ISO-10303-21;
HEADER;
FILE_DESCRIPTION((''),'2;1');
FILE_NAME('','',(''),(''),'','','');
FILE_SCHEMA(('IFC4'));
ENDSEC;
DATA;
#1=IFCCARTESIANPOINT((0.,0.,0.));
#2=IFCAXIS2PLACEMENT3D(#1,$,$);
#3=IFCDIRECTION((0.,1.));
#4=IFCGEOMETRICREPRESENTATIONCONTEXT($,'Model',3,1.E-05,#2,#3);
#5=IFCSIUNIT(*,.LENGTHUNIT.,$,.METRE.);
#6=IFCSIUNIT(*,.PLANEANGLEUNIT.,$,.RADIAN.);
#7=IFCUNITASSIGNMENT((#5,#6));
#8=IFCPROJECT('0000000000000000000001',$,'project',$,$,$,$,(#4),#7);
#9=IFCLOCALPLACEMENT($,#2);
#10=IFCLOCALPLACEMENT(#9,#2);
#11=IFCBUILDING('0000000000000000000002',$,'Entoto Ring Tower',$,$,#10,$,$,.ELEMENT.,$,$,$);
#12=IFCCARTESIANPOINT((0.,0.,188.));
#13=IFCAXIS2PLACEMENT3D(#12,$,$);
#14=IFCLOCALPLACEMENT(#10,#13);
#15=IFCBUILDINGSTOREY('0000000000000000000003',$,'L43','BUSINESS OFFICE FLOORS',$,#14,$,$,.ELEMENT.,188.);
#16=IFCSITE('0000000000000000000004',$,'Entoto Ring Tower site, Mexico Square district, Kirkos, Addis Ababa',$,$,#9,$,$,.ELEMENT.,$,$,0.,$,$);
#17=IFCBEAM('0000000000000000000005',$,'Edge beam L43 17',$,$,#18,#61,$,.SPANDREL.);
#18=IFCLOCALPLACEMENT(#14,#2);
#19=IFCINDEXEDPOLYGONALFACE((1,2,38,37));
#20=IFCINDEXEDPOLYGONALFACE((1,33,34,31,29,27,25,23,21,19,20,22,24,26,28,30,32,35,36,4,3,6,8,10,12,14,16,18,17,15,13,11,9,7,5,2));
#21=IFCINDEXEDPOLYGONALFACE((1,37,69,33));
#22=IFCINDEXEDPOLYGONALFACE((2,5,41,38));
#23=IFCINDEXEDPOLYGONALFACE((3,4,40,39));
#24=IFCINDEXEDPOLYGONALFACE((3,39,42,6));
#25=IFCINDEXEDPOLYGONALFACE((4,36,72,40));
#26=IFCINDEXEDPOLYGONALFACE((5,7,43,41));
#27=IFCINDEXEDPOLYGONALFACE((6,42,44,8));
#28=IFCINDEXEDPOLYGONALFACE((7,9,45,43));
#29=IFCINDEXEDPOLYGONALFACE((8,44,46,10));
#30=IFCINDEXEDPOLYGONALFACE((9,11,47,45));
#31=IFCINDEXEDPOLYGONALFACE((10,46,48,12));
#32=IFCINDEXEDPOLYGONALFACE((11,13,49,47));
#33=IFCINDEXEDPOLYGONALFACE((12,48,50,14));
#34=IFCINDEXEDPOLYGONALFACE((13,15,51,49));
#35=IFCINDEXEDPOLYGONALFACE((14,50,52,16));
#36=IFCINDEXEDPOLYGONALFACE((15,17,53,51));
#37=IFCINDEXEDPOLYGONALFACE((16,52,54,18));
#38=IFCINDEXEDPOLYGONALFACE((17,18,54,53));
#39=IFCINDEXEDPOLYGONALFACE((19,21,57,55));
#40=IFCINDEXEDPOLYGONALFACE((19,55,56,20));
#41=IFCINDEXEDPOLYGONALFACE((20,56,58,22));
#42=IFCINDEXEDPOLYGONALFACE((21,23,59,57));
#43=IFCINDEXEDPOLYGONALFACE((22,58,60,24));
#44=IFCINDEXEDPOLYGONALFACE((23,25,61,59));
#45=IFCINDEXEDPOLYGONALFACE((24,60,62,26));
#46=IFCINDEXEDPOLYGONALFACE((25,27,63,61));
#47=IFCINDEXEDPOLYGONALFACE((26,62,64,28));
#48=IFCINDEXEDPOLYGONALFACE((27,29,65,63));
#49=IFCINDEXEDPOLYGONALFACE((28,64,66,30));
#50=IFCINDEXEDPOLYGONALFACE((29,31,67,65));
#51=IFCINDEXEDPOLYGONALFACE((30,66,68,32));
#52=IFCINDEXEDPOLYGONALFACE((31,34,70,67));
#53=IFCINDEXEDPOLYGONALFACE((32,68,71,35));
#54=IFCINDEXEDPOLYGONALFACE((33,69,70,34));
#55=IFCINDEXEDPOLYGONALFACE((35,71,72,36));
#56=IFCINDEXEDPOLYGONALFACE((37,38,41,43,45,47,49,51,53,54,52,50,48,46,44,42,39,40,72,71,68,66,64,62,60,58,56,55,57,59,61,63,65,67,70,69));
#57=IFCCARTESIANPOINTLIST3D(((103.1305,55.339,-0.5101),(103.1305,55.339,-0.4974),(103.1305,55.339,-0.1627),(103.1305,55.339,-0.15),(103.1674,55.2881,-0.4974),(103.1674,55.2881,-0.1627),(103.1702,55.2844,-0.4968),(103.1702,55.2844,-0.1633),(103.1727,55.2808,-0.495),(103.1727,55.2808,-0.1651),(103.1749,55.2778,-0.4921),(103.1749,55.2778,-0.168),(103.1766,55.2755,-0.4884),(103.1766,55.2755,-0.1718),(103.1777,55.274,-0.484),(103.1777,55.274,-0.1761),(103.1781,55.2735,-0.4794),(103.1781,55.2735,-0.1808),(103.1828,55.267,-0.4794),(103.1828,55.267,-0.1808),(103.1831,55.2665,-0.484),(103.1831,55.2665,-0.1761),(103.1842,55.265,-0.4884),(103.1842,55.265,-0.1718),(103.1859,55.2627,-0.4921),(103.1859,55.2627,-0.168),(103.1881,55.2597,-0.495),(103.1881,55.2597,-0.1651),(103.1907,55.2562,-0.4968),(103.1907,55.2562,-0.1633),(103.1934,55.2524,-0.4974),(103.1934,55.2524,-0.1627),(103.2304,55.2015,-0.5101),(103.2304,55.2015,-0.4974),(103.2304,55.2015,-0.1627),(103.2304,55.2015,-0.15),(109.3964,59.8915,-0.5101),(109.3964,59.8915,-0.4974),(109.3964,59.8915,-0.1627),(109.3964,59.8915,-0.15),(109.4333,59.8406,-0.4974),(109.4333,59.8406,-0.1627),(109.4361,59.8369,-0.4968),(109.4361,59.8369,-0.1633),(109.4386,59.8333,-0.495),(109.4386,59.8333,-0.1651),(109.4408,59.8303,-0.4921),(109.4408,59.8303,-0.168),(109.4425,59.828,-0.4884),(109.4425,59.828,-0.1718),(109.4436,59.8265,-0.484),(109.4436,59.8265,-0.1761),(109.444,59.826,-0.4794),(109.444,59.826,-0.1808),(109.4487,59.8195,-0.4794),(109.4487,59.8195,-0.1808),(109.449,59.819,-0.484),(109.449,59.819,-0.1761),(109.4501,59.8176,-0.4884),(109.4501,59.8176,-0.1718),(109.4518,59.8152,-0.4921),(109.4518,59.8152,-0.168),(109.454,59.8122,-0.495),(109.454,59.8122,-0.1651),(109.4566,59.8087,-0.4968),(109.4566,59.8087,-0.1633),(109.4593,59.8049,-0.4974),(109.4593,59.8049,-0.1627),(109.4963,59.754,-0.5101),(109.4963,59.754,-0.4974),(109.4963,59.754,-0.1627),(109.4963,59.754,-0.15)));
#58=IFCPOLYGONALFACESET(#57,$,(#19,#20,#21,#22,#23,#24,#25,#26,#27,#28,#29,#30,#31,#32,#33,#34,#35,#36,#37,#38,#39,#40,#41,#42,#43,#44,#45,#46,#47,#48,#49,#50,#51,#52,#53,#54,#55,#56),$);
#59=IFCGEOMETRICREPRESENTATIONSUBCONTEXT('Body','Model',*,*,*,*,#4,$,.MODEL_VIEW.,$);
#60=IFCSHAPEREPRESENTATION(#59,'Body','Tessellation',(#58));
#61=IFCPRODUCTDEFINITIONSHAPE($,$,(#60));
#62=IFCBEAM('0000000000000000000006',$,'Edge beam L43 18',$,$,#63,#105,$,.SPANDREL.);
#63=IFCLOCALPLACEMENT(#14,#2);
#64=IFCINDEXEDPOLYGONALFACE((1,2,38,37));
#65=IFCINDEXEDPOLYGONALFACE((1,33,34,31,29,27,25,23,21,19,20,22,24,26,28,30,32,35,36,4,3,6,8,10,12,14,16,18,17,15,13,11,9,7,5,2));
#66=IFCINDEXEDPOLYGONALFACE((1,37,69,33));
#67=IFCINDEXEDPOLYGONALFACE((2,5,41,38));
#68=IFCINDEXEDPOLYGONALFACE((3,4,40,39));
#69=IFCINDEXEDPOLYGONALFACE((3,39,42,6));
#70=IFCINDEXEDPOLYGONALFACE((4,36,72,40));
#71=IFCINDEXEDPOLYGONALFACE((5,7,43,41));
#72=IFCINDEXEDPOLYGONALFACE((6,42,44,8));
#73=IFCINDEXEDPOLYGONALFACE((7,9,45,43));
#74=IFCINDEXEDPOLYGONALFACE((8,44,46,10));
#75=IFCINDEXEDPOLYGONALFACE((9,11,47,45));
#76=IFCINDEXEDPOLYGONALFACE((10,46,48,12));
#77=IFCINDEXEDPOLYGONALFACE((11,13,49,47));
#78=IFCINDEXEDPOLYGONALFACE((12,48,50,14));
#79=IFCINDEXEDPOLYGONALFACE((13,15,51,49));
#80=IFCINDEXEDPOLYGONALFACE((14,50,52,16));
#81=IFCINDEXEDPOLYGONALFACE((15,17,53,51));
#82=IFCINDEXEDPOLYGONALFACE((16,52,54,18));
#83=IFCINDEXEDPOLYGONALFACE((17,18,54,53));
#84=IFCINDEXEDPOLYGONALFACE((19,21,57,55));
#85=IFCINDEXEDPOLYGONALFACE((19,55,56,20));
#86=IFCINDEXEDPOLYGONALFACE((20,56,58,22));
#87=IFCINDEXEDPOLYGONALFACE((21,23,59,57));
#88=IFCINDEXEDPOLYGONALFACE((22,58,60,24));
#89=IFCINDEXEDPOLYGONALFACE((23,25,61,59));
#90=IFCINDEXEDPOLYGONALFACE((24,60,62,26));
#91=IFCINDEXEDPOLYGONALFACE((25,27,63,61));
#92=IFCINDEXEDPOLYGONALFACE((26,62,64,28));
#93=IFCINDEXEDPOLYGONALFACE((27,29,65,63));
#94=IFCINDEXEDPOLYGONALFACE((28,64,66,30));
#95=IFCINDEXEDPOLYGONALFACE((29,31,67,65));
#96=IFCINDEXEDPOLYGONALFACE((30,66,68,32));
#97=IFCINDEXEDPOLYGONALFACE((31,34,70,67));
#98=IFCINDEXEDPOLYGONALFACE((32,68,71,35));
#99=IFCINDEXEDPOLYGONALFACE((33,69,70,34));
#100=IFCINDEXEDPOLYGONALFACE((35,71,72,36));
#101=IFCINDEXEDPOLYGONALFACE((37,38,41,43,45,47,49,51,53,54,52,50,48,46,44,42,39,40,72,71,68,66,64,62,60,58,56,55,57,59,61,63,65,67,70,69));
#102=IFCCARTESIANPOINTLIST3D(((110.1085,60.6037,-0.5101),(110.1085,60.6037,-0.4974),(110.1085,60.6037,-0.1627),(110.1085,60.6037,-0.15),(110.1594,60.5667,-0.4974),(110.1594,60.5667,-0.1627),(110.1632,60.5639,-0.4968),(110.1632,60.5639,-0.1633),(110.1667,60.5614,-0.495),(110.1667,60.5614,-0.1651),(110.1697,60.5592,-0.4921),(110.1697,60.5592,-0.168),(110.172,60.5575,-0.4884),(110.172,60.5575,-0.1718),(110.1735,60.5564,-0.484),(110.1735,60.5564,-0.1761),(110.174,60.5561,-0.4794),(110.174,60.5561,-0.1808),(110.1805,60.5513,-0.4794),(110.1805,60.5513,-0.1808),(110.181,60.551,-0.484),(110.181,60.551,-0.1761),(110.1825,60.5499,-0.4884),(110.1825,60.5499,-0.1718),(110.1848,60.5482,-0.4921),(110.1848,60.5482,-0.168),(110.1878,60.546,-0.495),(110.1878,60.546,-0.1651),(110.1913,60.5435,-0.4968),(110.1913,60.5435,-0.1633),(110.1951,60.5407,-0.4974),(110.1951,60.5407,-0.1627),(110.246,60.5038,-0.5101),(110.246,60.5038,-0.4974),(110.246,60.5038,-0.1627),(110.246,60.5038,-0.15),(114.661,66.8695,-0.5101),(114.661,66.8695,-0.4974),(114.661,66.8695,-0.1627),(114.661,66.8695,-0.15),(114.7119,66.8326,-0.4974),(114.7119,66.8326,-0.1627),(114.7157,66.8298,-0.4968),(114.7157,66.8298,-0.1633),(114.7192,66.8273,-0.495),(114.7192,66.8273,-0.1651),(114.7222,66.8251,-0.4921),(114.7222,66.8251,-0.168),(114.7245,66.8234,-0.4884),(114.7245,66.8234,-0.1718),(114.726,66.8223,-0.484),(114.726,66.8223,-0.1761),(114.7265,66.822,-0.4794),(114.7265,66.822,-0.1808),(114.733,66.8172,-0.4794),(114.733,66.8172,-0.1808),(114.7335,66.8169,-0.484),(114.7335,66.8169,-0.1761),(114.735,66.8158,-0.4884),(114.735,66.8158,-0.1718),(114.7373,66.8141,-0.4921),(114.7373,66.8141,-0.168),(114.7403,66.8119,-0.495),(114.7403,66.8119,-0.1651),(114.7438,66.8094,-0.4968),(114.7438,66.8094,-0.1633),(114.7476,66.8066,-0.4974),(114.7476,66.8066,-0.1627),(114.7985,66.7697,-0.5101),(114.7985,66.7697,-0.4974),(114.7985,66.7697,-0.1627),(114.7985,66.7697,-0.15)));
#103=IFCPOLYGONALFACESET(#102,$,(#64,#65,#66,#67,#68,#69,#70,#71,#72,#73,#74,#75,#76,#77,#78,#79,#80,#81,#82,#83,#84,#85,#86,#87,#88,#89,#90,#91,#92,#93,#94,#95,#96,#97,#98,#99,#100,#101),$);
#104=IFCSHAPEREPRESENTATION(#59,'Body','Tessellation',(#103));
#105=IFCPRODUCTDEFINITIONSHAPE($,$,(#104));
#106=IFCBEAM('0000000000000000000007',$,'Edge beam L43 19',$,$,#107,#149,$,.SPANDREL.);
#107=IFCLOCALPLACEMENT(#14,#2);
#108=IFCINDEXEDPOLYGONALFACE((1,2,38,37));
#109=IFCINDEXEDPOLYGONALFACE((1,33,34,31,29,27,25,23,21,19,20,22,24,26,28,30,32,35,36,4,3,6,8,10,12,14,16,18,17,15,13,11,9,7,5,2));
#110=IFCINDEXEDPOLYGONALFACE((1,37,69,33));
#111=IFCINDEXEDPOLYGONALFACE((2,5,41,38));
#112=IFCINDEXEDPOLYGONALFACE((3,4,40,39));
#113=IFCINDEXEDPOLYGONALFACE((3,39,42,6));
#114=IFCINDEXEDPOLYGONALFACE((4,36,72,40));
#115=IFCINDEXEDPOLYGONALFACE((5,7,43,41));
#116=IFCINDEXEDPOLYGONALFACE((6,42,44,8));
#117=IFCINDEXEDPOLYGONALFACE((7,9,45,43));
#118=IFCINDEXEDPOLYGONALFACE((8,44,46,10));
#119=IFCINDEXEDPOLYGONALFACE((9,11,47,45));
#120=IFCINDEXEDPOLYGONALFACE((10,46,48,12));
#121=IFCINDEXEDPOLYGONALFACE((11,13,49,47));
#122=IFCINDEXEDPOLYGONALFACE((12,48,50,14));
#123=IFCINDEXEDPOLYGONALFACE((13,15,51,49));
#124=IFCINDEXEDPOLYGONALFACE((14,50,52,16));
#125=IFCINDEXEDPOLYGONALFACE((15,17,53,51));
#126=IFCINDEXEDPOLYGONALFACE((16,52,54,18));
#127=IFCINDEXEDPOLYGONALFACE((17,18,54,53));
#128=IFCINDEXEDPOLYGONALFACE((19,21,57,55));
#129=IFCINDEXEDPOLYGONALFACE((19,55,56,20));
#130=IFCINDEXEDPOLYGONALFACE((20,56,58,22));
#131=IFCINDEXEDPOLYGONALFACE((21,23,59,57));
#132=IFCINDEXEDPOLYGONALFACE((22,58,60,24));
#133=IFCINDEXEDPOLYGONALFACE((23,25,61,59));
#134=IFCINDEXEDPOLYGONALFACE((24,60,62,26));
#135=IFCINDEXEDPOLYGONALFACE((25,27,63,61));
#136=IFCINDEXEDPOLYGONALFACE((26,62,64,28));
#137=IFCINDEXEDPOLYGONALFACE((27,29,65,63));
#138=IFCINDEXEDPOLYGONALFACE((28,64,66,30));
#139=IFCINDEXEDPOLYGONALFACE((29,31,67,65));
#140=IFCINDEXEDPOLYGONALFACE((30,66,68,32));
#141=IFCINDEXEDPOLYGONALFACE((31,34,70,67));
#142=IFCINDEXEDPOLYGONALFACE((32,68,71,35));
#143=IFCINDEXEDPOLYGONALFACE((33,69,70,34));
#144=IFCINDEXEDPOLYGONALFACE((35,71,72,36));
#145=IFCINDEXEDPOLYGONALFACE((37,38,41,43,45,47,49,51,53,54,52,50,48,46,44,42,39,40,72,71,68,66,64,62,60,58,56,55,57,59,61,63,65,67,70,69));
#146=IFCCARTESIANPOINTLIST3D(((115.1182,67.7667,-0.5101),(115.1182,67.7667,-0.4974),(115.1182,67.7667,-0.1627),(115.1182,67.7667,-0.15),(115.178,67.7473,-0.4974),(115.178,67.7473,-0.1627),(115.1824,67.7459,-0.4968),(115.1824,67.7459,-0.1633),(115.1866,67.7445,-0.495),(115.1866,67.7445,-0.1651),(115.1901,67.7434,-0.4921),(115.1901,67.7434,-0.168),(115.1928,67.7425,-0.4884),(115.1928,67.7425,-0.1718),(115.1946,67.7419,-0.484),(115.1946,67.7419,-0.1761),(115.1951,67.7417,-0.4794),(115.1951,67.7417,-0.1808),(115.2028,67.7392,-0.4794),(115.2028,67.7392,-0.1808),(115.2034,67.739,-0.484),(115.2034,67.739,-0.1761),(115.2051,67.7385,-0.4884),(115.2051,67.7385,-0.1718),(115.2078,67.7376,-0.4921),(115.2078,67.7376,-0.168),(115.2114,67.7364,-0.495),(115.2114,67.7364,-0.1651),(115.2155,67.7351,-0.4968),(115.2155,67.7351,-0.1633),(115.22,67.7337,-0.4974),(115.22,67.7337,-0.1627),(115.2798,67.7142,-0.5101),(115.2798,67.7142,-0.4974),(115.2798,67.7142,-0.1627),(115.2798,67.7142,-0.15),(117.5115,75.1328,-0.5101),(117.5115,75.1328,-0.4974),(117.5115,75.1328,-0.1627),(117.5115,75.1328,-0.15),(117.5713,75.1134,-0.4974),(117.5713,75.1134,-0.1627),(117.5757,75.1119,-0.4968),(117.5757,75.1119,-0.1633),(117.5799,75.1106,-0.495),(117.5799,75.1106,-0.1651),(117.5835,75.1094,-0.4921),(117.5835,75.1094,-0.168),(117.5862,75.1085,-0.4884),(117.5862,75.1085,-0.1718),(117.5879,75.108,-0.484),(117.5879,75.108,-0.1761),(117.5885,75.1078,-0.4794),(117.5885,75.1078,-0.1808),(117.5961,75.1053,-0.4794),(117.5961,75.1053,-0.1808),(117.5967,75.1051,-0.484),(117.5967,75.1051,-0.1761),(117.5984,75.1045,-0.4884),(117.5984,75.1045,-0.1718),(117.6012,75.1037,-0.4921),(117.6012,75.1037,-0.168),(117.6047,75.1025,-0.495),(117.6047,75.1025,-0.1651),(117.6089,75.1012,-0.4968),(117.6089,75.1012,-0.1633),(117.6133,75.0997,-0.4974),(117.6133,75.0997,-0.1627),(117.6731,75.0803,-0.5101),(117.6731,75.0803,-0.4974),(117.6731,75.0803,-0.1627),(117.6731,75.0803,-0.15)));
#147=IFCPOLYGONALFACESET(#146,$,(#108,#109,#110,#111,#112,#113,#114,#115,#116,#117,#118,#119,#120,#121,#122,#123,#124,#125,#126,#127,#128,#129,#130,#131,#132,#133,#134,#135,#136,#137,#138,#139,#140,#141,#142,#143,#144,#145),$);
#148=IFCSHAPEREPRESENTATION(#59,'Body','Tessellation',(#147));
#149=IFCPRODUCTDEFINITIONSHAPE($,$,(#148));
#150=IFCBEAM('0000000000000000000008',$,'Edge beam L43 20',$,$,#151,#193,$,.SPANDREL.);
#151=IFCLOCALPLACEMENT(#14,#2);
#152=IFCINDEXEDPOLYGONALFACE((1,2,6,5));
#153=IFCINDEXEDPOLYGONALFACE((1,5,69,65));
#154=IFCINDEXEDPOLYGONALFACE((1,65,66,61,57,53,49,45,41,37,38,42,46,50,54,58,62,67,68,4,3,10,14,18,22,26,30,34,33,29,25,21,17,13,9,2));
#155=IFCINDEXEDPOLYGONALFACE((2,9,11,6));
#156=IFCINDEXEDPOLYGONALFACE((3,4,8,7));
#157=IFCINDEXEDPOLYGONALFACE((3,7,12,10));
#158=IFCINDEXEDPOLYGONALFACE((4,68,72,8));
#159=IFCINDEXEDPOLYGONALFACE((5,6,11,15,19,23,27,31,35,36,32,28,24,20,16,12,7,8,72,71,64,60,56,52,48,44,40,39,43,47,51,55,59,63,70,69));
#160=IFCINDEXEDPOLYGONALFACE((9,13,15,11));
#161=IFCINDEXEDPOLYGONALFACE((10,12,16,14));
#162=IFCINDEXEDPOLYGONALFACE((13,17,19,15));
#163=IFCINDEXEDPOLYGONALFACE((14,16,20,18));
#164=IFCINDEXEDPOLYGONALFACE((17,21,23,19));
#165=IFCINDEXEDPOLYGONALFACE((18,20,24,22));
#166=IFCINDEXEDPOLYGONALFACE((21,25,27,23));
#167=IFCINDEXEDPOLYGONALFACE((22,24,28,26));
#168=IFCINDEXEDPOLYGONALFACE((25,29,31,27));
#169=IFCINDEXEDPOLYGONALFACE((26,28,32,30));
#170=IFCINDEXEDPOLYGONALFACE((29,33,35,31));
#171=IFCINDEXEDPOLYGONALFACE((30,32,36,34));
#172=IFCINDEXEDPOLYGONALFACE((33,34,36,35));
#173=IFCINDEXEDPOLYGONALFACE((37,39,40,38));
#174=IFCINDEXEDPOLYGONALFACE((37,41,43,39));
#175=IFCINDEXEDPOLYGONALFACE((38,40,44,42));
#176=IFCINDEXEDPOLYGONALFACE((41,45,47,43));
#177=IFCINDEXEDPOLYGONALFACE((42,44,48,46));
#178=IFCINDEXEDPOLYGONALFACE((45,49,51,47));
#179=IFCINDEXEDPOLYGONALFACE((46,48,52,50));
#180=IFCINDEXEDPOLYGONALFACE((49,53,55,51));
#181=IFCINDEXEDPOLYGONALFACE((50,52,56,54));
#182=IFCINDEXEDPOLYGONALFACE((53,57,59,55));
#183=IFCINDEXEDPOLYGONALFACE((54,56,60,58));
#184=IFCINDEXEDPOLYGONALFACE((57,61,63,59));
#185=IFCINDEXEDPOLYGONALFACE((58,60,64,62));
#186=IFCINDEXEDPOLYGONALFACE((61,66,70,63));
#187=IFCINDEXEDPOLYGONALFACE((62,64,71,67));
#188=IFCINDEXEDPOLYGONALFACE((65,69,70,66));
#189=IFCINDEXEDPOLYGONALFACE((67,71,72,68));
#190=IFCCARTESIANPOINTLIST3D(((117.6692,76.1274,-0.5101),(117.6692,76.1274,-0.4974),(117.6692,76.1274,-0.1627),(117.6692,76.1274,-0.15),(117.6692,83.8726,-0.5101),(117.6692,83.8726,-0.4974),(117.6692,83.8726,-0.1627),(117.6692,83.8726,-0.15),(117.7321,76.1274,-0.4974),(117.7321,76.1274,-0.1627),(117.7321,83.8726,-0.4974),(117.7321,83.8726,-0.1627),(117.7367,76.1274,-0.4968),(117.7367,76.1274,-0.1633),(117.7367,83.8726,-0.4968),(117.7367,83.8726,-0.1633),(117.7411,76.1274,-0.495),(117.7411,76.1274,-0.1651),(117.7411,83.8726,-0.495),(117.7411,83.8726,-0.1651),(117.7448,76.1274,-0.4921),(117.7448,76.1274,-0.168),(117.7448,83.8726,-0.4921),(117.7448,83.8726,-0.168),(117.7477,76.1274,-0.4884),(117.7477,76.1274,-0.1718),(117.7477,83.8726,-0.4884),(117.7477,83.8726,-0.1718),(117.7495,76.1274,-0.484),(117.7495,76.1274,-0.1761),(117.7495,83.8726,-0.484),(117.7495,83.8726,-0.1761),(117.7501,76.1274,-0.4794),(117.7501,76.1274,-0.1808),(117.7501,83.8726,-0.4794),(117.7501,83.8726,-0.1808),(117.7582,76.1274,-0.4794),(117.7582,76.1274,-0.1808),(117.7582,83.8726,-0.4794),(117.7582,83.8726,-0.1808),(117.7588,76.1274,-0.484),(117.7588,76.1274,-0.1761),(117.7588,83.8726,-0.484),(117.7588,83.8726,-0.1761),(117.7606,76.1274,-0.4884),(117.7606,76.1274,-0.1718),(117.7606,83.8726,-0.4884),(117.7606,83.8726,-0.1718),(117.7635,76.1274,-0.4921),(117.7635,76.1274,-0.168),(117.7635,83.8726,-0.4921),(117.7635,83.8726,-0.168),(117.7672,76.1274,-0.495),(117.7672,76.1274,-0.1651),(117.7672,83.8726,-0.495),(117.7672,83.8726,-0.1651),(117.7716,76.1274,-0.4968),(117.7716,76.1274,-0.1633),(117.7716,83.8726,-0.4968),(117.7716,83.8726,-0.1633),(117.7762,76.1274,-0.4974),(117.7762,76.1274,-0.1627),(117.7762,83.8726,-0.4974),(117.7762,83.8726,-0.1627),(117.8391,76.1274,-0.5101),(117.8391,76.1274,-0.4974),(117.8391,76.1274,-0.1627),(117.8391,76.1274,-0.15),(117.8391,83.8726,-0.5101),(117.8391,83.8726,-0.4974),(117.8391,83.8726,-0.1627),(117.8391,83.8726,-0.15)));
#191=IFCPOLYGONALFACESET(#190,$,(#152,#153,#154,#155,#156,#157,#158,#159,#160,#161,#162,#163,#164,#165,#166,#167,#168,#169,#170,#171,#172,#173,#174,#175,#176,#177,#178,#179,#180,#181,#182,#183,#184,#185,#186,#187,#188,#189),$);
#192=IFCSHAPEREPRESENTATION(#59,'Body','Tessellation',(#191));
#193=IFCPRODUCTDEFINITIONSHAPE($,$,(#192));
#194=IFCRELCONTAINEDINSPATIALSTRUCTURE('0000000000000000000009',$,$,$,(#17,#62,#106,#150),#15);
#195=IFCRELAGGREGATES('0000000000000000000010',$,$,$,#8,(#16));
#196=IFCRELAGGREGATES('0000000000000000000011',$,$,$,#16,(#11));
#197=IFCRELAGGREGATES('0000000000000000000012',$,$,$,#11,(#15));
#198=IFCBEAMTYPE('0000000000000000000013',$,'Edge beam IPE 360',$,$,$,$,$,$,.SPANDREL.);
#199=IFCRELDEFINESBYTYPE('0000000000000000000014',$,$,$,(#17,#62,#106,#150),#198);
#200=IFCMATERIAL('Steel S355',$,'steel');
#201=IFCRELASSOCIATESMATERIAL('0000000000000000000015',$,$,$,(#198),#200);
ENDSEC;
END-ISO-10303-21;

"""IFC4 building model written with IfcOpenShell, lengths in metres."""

from ifc_helpers import new_model, si_unit, direction, frame, origin, origin_2d, place, context, subcontext, project, spatial, i_section, extrude, material, material_profile, profile_set, type_object, element, save


model = new_model("IFC4")

# Units and contexts
model_context = context("Model", 3, precision=1e-05, world=origin(), true_north=direction((0.0, 1.0)))
body_context = subcontext(model_context, "Body", "Model", "MODEL_VIEW")
ifc_project = project(units=[si_unit("LENGTHUNIT", "METRE"), si_unit("PLANEANGLEUNIT", "RADIAN")], contexts=[model_context])

# Site, building, storey
site_placement = place(None, origin())
site = spatial("IfcSite", under=ifc_project, at=site_placement, Name="Entoto Ring Tower site, Mexico Square district, Kirkos, Addis Ababa", CompositionType="ELEMENT", RefElevation=0.0)
building_placement = place(site_placement, origin())
building = spatial("IfcBuilding", under=site, at=building_placement, Name="Entoto Ring Tower", CompositionType="ELEMENT")
storey_placement = place(building_placement, frame((0.0, 0.0, 188.0)))
storey = spatial("IfcBuildingStorey", under=building, at=storey_placement, Name="L43", Description="BUSINESS OFFICE FLOORS", CompositionType="ELEMENT", Elevation=188.0)

# Beams
ifc_material_1 = material(Name="Steel S355", Category="steel")
ifc_material_profile_1 = material_profile(ifc_material_1, i_section(OverallWidth=0.1699, OverallDepth=0.3601, WebThickness=0.0081, FlangeThickness=0.0127, FilletRadius=0.0181, at=origin_2d()), Name="IPE 360")
ifc_profile_set_1 = profile_set([ifc_material_profile_1], Name="Steel S355")
beam_type_1 = type_object("IfcBeamType", Name="Edge beam IPE 360", PredefinedType="SPANDREL", material=ifc_profile_set_1)
for number, where, z_axis, x_axis, name in (
    (1, (103.1804, 55.2703, -0.3301), (0.809013, 0.587791, 0.0), (-0.587791, 0.809013, 0.0), "Edge beam L43 17"),
    (2, (110.1772, 60.5537, -0.3301), (0.587791, 0.809013, 0.0), (-0.809013, 0.587791, 0.0), "Edge beam L43 18"),
    (3, (115.199, 67.7405, -0.3301), (0.309013, 0.951058, 0.0), (-0.951058, 0.309013, 0.0), "Edge beam L43 19"),
    (4, (117.7542, 76.1274, -0.3301), (0.0, 1.0, 0.0), (-1.0, 0.0, 0.0), "Edge beam L43 20"),
):
    element("IfcBeam", number, at=place(storey_placement, frame(where, z_axis=z_axis, x_axis=x_axis)), inside=storey, type_object=beam_type_1, Name=name, PredefinedType="SPANDREL", context=body_context, shape_type="SweptSolid", body=[
        extrude(i_section(OverallWidth=0.1699, OverallDepth=0.3601, WebThickness=0.0081, FlangeThickness=0.0127, FilletRadius=0.0181, at=origin_2d()), origin(), (0.0, 0.0, 1.0), 7.7451),
    ])

save(model, "model.ifc")
